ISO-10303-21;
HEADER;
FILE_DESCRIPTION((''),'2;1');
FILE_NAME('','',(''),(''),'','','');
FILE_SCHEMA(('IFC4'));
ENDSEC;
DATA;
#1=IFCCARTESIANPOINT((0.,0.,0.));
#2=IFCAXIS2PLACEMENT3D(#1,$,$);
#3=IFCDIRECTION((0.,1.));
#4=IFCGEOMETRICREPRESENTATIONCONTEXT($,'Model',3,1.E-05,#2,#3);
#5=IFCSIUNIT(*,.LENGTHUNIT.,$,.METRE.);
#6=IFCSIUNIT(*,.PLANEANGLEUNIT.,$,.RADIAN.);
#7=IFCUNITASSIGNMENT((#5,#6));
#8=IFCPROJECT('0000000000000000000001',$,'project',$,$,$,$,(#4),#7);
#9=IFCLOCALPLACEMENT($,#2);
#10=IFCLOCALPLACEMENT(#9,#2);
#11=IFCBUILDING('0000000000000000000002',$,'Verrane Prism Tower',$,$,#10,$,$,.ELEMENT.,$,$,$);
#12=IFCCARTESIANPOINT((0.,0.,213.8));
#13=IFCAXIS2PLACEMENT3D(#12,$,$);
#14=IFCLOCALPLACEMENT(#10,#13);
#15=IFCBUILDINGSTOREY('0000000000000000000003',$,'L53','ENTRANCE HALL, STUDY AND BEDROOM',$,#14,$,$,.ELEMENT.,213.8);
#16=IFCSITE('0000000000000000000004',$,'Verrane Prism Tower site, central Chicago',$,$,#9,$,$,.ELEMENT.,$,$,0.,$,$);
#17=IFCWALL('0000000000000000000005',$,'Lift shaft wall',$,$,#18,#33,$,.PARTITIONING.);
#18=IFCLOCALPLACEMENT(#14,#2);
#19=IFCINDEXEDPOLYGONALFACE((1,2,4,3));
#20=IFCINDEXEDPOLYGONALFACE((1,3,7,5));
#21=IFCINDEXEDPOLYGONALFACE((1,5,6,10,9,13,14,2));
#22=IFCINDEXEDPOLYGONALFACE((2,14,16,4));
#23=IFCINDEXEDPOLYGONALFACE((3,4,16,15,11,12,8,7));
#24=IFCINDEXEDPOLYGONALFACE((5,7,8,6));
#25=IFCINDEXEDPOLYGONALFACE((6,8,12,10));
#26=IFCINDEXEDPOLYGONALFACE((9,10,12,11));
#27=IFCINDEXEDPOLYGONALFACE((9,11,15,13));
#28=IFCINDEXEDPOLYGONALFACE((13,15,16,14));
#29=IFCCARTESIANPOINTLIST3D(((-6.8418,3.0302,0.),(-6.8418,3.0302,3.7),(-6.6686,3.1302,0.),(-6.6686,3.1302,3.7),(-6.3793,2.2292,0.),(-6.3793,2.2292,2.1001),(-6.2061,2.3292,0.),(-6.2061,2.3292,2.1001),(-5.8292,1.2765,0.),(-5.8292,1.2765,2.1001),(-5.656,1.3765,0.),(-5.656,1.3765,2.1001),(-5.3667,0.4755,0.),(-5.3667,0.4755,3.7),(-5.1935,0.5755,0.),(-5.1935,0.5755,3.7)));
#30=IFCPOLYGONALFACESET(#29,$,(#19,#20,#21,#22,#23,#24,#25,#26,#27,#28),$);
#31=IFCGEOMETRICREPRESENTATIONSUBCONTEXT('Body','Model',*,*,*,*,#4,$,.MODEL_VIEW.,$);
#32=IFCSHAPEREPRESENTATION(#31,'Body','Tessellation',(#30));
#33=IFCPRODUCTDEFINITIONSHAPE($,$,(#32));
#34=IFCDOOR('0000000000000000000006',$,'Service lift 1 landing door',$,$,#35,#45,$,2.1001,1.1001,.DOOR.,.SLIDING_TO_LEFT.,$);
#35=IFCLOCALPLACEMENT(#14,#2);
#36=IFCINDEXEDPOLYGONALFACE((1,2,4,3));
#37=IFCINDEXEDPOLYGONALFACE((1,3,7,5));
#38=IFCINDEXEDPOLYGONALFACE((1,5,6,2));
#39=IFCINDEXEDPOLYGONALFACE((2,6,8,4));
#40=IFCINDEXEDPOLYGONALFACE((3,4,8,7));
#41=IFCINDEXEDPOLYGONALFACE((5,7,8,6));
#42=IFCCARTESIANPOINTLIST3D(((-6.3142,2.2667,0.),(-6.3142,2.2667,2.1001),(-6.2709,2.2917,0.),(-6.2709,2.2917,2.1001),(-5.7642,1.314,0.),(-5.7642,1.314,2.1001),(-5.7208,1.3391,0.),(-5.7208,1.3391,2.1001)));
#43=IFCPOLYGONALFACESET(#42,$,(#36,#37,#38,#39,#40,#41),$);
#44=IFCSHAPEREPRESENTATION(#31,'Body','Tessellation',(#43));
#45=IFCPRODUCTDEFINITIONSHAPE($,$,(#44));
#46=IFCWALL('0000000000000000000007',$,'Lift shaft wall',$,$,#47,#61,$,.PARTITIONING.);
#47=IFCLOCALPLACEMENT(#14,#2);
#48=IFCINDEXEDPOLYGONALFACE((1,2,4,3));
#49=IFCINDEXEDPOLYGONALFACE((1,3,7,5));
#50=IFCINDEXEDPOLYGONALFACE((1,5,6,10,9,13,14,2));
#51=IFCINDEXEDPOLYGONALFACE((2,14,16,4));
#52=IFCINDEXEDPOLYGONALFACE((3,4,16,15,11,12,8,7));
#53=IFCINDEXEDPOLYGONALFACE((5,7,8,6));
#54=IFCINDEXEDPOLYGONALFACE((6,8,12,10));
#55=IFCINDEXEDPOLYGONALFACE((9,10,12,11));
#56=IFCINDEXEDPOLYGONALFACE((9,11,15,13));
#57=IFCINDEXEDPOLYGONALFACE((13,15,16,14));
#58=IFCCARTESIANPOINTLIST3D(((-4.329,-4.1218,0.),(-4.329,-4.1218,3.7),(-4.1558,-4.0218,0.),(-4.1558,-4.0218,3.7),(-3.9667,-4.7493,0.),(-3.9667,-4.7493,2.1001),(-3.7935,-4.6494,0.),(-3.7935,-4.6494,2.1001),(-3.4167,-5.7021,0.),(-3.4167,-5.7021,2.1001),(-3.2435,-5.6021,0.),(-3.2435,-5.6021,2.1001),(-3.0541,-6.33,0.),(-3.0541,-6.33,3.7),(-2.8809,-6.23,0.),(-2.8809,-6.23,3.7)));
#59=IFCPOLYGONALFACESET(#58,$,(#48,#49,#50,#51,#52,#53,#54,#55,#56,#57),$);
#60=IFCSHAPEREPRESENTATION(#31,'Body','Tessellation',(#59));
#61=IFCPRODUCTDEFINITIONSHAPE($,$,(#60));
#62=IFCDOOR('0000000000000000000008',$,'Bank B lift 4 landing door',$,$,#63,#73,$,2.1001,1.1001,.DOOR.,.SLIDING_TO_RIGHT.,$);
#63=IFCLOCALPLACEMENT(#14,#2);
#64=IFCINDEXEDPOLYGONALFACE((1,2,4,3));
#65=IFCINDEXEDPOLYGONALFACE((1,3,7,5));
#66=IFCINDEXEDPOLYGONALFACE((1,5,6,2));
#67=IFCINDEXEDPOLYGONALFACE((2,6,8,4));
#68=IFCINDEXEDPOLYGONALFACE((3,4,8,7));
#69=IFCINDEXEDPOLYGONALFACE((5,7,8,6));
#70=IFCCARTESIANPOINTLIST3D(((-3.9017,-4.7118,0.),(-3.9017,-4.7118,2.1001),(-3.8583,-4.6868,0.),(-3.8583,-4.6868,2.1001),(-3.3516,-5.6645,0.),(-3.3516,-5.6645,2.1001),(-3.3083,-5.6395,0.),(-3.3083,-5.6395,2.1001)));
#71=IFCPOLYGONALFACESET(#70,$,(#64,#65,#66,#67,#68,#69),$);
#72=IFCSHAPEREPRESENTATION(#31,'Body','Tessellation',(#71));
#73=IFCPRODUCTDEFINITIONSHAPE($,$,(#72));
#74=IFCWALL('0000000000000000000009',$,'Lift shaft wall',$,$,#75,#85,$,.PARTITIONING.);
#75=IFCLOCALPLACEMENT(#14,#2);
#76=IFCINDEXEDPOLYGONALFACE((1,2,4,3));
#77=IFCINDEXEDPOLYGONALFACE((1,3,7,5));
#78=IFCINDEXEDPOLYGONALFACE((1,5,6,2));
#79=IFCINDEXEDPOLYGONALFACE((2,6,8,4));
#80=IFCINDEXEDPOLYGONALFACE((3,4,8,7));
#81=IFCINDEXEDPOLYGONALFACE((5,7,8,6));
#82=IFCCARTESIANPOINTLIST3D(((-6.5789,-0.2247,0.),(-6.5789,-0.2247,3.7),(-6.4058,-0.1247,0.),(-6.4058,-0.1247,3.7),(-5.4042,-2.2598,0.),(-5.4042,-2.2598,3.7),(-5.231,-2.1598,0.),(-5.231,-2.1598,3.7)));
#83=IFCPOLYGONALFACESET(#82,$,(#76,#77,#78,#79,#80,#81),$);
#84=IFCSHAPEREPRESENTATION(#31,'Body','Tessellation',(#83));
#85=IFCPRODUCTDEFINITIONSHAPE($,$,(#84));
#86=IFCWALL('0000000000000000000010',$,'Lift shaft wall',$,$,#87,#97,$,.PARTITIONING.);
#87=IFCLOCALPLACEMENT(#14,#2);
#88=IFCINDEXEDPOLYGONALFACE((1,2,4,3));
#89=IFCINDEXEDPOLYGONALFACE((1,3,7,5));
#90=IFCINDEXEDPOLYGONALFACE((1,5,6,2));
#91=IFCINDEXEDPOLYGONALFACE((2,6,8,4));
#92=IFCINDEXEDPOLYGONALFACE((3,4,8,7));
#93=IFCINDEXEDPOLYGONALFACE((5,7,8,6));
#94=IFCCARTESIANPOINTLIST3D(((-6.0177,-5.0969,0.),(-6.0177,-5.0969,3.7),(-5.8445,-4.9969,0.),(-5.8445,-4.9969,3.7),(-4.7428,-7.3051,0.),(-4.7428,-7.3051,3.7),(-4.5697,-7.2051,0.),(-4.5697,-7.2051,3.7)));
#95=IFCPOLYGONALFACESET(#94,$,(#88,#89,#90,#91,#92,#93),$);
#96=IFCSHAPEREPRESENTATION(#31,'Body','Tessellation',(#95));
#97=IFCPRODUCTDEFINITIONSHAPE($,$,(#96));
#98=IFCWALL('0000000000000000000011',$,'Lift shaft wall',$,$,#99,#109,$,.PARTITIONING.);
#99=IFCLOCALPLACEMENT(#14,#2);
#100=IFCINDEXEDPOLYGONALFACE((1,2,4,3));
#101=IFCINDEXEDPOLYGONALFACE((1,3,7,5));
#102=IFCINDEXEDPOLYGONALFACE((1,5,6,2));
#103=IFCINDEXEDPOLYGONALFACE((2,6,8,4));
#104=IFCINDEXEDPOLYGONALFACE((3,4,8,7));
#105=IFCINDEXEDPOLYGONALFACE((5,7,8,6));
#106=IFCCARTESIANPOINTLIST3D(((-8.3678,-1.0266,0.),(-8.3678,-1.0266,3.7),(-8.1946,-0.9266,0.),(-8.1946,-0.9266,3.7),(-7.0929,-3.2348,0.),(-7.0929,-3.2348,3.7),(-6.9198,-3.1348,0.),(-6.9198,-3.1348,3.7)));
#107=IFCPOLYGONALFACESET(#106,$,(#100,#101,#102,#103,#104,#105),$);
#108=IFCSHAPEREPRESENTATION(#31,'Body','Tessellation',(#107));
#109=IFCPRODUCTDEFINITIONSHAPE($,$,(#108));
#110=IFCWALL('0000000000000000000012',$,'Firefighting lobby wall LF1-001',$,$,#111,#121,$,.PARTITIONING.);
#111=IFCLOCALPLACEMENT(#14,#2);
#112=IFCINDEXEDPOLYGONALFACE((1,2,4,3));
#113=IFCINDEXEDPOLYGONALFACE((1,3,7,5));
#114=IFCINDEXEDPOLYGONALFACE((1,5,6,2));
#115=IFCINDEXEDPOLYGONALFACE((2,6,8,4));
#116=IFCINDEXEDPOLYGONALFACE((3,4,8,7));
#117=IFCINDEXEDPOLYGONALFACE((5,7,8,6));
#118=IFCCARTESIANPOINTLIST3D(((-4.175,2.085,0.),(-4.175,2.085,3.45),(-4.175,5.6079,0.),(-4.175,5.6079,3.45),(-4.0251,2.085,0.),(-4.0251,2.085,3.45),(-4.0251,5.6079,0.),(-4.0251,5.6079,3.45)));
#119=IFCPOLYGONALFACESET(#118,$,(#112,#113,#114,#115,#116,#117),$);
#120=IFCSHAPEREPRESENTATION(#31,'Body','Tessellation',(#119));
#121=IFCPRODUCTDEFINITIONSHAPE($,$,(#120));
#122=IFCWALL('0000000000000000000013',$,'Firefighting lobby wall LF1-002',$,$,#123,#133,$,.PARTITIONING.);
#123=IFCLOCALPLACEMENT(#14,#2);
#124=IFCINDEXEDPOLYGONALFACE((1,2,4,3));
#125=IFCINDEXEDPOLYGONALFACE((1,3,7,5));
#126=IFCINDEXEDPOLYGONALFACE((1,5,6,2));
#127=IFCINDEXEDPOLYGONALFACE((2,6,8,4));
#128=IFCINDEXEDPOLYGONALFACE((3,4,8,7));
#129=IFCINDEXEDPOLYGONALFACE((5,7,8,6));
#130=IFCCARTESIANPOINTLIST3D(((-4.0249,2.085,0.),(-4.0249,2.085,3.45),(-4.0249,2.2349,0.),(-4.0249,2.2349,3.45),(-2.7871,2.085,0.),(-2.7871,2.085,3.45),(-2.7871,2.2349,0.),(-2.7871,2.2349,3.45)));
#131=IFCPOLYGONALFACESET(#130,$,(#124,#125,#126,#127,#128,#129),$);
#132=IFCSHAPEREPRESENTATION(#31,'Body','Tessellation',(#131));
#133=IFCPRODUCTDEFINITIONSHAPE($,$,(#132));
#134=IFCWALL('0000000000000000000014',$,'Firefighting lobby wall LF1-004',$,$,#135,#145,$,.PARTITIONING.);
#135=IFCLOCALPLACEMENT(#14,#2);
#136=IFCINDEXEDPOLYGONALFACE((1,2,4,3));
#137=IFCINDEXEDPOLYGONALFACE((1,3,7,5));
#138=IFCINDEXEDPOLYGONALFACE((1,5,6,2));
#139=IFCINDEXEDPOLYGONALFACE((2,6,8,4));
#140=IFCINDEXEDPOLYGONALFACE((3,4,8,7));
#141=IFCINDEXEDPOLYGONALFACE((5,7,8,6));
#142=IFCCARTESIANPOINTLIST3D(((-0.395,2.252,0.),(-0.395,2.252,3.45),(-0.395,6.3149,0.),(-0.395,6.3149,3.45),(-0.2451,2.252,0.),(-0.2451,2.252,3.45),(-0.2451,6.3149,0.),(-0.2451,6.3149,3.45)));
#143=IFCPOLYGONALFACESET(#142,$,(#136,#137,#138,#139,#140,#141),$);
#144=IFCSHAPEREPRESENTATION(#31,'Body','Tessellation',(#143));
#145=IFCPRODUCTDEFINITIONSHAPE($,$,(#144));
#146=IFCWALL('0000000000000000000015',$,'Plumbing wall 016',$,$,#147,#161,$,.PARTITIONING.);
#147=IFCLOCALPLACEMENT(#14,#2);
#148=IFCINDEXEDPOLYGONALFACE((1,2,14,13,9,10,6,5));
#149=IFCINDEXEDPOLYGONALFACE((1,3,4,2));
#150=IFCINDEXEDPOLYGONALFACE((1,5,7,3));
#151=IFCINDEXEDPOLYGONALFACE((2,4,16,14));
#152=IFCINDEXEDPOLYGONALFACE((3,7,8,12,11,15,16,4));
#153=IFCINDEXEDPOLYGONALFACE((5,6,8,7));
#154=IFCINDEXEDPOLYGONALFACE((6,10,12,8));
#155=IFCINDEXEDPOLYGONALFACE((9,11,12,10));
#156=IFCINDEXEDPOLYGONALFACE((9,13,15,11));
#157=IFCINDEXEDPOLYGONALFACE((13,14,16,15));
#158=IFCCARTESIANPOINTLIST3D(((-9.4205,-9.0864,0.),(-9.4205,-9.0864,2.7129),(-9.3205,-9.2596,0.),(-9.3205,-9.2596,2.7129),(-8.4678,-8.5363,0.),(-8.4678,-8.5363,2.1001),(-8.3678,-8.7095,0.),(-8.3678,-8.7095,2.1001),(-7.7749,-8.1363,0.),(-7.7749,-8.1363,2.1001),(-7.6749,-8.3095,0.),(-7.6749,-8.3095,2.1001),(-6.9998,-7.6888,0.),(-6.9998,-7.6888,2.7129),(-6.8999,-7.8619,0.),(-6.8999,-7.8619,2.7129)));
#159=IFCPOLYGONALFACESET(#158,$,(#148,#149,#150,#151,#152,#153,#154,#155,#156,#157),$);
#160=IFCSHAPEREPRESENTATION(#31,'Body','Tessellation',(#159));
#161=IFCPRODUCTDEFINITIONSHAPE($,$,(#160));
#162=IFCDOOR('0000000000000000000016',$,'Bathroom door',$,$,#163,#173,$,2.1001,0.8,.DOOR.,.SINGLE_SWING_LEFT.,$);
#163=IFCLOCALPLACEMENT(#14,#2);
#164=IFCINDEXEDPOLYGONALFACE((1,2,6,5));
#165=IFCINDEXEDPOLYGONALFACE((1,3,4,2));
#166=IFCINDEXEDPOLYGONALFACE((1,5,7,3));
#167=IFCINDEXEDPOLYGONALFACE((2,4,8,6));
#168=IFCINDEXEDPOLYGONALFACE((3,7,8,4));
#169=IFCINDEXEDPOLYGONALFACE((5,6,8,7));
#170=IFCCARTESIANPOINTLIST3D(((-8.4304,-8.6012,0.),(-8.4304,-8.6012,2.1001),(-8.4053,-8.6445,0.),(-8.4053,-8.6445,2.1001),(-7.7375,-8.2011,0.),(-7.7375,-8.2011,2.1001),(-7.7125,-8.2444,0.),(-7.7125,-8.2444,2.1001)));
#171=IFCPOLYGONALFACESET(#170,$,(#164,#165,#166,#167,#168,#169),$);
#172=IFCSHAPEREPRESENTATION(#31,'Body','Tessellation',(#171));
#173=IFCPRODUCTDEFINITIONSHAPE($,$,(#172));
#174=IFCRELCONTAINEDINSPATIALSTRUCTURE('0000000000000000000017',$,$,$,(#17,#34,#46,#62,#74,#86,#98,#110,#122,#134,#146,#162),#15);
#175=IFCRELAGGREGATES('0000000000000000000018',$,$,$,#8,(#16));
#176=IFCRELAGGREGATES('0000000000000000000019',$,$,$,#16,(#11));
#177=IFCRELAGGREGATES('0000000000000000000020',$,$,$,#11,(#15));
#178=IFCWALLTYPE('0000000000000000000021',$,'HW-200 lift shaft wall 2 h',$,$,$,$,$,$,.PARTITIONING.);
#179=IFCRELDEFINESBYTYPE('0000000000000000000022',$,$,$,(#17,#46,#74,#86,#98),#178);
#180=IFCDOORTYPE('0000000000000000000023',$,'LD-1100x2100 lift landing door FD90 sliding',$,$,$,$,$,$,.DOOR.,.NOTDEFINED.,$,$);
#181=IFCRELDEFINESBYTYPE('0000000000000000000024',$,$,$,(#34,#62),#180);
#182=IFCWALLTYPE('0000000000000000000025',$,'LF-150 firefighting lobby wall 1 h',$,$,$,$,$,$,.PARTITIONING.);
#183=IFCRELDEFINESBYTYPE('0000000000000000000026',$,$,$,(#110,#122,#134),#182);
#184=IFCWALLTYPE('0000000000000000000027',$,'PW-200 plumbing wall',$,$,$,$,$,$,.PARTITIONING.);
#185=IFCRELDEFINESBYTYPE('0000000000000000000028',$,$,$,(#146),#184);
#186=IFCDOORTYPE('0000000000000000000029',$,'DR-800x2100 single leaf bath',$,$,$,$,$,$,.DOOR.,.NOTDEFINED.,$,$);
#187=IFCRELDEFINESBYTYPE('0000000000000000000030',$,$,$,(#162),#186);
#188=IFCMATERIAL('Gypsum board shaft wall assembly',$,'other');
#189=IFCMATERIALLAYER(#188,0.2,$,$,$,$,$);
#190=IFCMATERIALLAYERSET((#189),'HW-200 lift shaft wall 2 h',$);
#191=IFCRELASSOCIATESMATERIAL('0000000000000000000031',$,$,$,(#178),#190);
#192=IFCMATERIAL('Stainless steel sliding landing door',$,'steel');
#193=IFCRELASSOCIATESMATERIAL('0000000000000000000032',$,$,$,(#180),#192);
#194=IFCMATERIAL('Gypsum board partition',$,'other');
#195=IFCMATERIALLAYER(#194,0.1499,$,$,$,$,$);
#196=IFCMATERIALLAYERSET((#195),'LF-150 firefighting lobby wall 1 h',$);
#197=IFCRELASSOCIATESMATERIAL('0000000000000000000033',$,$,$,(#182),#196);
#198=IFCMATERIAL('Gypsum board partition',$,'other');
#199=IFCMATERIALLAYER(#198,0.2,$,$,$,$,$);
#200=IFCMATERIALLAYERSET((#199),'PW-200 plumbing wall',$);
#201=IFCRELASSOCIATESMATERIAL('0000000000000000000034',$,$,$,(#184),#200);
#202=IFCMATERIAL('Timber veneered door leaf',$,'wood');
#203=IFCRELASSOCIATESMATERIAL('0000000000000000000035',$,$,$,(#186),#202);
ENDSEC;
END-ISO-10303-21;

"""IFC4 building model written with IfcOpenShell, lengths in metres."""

from ifc_helpers import new_model, si_unit, direction, frame, frame_2d, origin, place, context, subcontext, project, spatial, rectangle, extrude, material, layer, layer_set, type_object, element, fill, save


model = new_model("IFC4")

# Units and contexts
model_context = context("Model", 3, precision=1e-05, world=origin(), true_north=direction((0.0, 1.0)))
body_context = subcontext(model_context, "Body", "Model", "MODEL_VIEW")
ifc_project = project(units=[si_unit("LENGTHUNIT", "METRE"), si_unit("PLANEANGLEUNIT", "RADIAN")], contexts=[model_context])

# Site, building, storey
site_placement = place(None, origin())
site = spatial("IfcSite", under=ifc_project, at=site_placement, Name="Verrane Prism Tower site, central Chicago", CompositionType="ELEMENT", RefElevation=0.0)
building_placement = place(site_placement, origin())
building = spatial("IfcBuilding", under=site, at=building_placement, Name="Verrane Prism Tower", CompositionType="ELEMENT")
storey_placement = place(building_placement, frame((0.0, 0.0, 213.8)))
storey = spatial("IfcBuildingStorey", under=building, at=storey_placement, Name="L53", Description="ENTRANCE HALL, STUDY AND BEDROOM", CompositionType="ELEMENT", Elevation=213.8)

# Shared definitions
ifc_material_1 = material(Name="Gypsum board shaft wall assembly", Category="other")
ifc_layer_1 = layer(ifc_material_1, 0.2)
ifc_layer_set_1 = layer_set([ifc_layer_1], Name="HW-200 lift shaft wall 2 h")
wall_type_1 = type_object("IfcWallType", Name="HW-200 lift shaft wall 2 h", PredefinedType="PARTITIONING", material=ifc_layer_set_1)
ifc_material_2 = material(Name="Stainless steel sliding landing door", Category="steel")
door_type_1 = type_object("IfcDoorType", Name="LD-1100x2100 lift landing door FD90 sliding", OperationType="NOTDEFINED", PredefinedType="DOOR", material=ifc_material_2)

# Walls, openings, doors
wall_1_placement = place(storey_placement, frame((-5.28, 0.5254, 0.0), z_axis=(0.0, 0.0, 1.0), x_axis=(-0.500038, 0.866004, 0.0)))
wall_1 = element("IfcWall", 1, at=wall_1_placement, inside=storey, type_object=wall_type_1, Name="Lift shaft wall", PredefinedType="PARTITIONING", context=body_context, shape_type="SweptSolid", body=[
    extrude(rectangle(XDim=2.95, YDim=0.2, at=frame_2d((1.4751, 0.0))), origin(), (0.0, 0.0, 1.0), 3.7),
])
opening_1_placement = place(wall_1_placement, frame((0.925, 0.0, 0.0)))
opening_1 = element("IfcOpeningElement", 2, at=opening_1_placement, cuts=wall_1, PredefinedType="OPENING", context=body_context, shape_type="SweptSolid", body=[
    extrude(rectangle(XDim=1.1001, YDim=2.1001, at=frame_2d((0.55, 1.05))), frame((0.0, 0.1099, 0.0), z_axis=(0.0, -1.0, 0.0), x_axis=(1.0, 0.0, 0.0)), (0.0, 0.0, 1.0), 0.22),
])
door_1_placement = place(opening_1_placement, origin())
door_1 = element("IfcDoor", 3, at=door_1_placement, inside=storey, type_object=door_type_1, Name="Service lift 1 landing door", OperationType="SLIDING_TO_LEFT", OverallHeight=2.1001, OverallWidth=1.1001, PredefinedType="DOOR", context=body_context, shape_type="SweptSolid", body=[
    extrude(rectangle(XDim=1.1001, YDim=2.1001, at=frame_2d((0.55, 1.05))), frame((0.0, 0.0249, 0.0), z_axis=(0.0, -1.0, 0.0), x_axis=(1.0, 0.0, 0.0)), (0.0, 0.0, 1.0), 0.05),
])
fill(opening_1, door_1)
wall_2_placement = place(storey_placement, frame((-2.9675, -6.28, 0.0), z_axis=(0.0, 0.0, 1.0), x_axis=(-0.49999, 0.866031, 0.0)))
wall_2 = element("IfcWall", 4, at=wall_2_placement, inside=storey, type_object=wall_type_1, Name="Lift shaft wall", PredefinedType="PARTITIONING", context=body_context, shape_type="SweptSolid", body=[
    extrude(rectangle(XDim=2.5498, YDim=0.2, at=frame_2d((1.2749, 0.0))), origin(), (0.0, 0.0, 1.0), 3.7),
])
opening_2_placement = place(wall_2_placement, frame((0.7251, 0.0, 0.0)))
opening_2 = element("IfcOpeningElement", 5, at=opening_2_placement, cuts=wall_2, PredefinedType="OPENING", context=body_context, shape_type="SweptSolid", body=[
    extrude(rectangle(XDim=1.1001, YDim=2.1001, at=frame_2d((0.55, 1.05))), frame((0.0, 0.1099, 0.0), z_axis=(0.0, -1.0, 0.0), x_axis=(1.0, 0.0, 0.0)), (0.0, 0.0, 1.0), 0.22),
])
door_2_placement = place(opening_2_placement, origin())
door_2 = element("IfcDoor", 6, at=door_2_placement, inside=storey, type_object=door_type_1, Name="Bank B lift 4 landing door", OperationType="SLIDING_TO_RIGHT", OverallHeight=2.1001, OverallWidth=1.1001, PredefinedType="DOOR", context=body_context, shape_type="SweptSolid", body=[
    extrude(rectangle(XDim=1.1001, YDim=2.1001, at=frame_2d((0.55, 1.05))), frame((0.0, 0.0249, 0.0), z_axis=(0.0, -1.0, 0.0), x_axis=(1.0, 0.0, 0.0)), (0.0, 0.0, 1.0), 0.05),
])
fill(opening_2, door_2)

# Walls
wall_3_placement = place(storey_placement, frame((-5.3176, -2.2097, 0.0), z_axis=(0.0, 0.0, 1.0), x_axis=(-0.499938, 0.866061, 0.0)))
element("IfcWall", 7, at=wall_3_placement, inside=storey, type_object=wall_type_1, Name="Lift shaft wall", PredefinedType="PARTITIONING", context=body_context, shape_type="SweptSolid", body=[
    extrude(rectangle(XDim=2.3499, YDim=0.2, at=frame_2d((1.1748, 0.0))), origin(), (0.0, 0.0, 1.0), 3.7),
])
for number, where, z_axis, x_axis, name in (
    (8, (-4.6562, -7.2551, 0.0), (0.0, 0.0, 1.0), (-0.49999, 0.866031, 0.0), "Lift shaft wall"),
    (9, (-7.0063, -3.1848, 0.0), (0.0, 0.0, 1.0), (-0.49999, 0.866031, 0.0), "Lift shaft wall"),
):
    element("IfcWall", number, at=place(storey_placement, frame(where, z_axis=z_axis, x_axis=x_axis)), inside=storey, type_object=wall_type_1, Name=name, PredefinedType="PARTITIONING", context=body_context, shape_type="SweptSolid", body=[
        extrude(rectangle(XDim=2.5498, YDim=0.2, at=frame_2d((1.2749, 0.0))), origin(), (0.0, 0.0, 1.0), 3.7),
    ])
ifc_material_3 = material(Name="Gypsum board partition", Category="other")
ifc_layer_2 = layer(ifc_material_3, 0.1499)
ifc_layer_set_2 = layer_set([ifc_layer_2], Name="LF-150 firefighting lobby wall 1 h")
wall_type_2 = type_object("IfcWallType", Name="LF-150 firefighting lobby wall 1 h", PredefinedType="PARTITIONING", material=ifc_layer_set_2)
wall_4_placement = place(storey_placement, frame((-4.1001, 2.085, 0.0), z_axis=(0.0, 0.0, 1.0), x_axis=(0.0, 1.0, 0.0)))
element("IfcWall", 10, at=wall_4_placement, inside=storey, type_object=wall_type_2, Name="Firefighting lobby wall LF1-001", PredefinedType="PARTITIONING", context=body_context, shape_type="SweptSolid", body=[
    extrude(rectangle(XDim=3.5229, YDim=0.1499, at=frame_2d((1.7615, 0.0))), origin(), (0.0, 0.0, 1.0), 3.45),
])
wall_5_placement = place(storey_placement, frame((-4.0249, 2.1599, 0.0), z_axis=(0.0, 0.0, 1.0), x_axis=(1.0, 0.0, 0.0)))
element("IfcWall", 11, at=wall_5_placement, inside=storey, type_object=wall_type_2, Name="Firefighting lobby wall LF1-002", PredefinedType="PARTITIONING", context=body_context, shape_type="SweptSolid", body=[
    extrude(rectangle(XDim=1.2378, YDim=0.1499, at=frame_2d((0.6189, 0.0))), origin(), (0.0, 0.0, 1.0), 3.45),
])
wall_6_placement = place(storey_placement, frame((-0.3201, 2.252, 0.0), z_axis=(0.0, 0.0, 1.0), x_axis=(0.0, 1.0, 0.0)))
element("IfcWall", 12, at=wall_6_placement, inside=storey, type_object=wall_type_2, Name="Firefighting lobby wall LF1-004", PredefinedType="PARTITIONING", context=body_context, shape_type="SweptSolid", body=[
    extrude(rectangle(XDim=4.063, YDim=0.1499, at=frame_2d((2.0315, 0.0))), origin(), (0.0, 0.0, 1.0), 3.45),
])

# Wall, opening, door
ifc_material_4 = material(Name="Gypsum board partition", Category="other")
ifc_layer_3 = layer(ifc_material_4, 0.2)
ifc_layer_set_3 = layer_set([ifc_layer_3], Name="PW-200 plumbing wall")
wall_type_3 = type_object("IfcWallType", Name="PW-200 plumbing wall", PredefinedType="PARTITIONING", material=ifc_layer_set_3)
wall_7_placement = place(storey_placement, frame((-6.95, -7.7754, 0.0), z_axis=(0.0, 0.0, 1.0), x_axis=(-0.866004, -0.500037, 0.0)))
wall_7 = element("IfcWall", 13, at=wall_7_placement, inside=storey, type_object=wall_type_3, Name="Plumbing wall 016", PredefinedType="PARTITIONING", context=body_context, shape_type="SweptSolid", body=[
    extrude(rectangle(XDim=2.7952, YDim=0.2, at=frame_2d((1.3975, 0.0))), origin(), (0.0, 0.0, 1.0), 2.7129),
])
opening_3_placement = place(wall_7_placement, frame((0.895, 0.0, 0.0)))
opening_3 = element("IfcOpeningElement", 14, at=opening_3_placement, cuts=wall_7, PredefinedType="OPENING", context=body_context, shape_type="SweptSolid", body=[
    extrude(rectangle(XDim=0.8, YDim=2.1001, at=frame_2d((0.3999, 1.05))), frame((0.0, 0.1099, 0.0), z_axis=(0.0, -1.0, 0.0), x_axis=(1.0, 0.0, 0.0)), (0.0, 0.0, 1.0), 0.22),
])
ifc_material_5 = material(Name="Timber veneered door leaf", Category="wood")
door_type_2 = type_object("IfcDoorType", Name="DR-800x2100 single leaf bath", OperationType="NOTDEFINED", PredefinedType="DOOR", material=ifc_material_5)
door_3_placement = place(opening_3_placement, origin())
door_3 = element("IfcDoor", 15, at=door_3_placement, inside=storey, type_object=door_type_2, Name="Bathroom door", OperationType="SINGLE_SWING_LEFT", OverallHeight=2.1001, OverallWidth=0.8, PredefinedType="DOOR", context=body_context, shape_type="SweptSolid", body=[
    extrude(rectangle(XDim=0.8, YDim=2.1001, at=frame_2d((0.3999, 1.05))), frame((0.0, 0.0249, 0.0), z_axis=(0.0, -1.0, 0.0), x_axis=(1.0, 0.0, 0.0)), (0.0, 0.0, 1.0), 0.05),
])
fill(opening_3, door_3)

save(model, "model.ifc")
